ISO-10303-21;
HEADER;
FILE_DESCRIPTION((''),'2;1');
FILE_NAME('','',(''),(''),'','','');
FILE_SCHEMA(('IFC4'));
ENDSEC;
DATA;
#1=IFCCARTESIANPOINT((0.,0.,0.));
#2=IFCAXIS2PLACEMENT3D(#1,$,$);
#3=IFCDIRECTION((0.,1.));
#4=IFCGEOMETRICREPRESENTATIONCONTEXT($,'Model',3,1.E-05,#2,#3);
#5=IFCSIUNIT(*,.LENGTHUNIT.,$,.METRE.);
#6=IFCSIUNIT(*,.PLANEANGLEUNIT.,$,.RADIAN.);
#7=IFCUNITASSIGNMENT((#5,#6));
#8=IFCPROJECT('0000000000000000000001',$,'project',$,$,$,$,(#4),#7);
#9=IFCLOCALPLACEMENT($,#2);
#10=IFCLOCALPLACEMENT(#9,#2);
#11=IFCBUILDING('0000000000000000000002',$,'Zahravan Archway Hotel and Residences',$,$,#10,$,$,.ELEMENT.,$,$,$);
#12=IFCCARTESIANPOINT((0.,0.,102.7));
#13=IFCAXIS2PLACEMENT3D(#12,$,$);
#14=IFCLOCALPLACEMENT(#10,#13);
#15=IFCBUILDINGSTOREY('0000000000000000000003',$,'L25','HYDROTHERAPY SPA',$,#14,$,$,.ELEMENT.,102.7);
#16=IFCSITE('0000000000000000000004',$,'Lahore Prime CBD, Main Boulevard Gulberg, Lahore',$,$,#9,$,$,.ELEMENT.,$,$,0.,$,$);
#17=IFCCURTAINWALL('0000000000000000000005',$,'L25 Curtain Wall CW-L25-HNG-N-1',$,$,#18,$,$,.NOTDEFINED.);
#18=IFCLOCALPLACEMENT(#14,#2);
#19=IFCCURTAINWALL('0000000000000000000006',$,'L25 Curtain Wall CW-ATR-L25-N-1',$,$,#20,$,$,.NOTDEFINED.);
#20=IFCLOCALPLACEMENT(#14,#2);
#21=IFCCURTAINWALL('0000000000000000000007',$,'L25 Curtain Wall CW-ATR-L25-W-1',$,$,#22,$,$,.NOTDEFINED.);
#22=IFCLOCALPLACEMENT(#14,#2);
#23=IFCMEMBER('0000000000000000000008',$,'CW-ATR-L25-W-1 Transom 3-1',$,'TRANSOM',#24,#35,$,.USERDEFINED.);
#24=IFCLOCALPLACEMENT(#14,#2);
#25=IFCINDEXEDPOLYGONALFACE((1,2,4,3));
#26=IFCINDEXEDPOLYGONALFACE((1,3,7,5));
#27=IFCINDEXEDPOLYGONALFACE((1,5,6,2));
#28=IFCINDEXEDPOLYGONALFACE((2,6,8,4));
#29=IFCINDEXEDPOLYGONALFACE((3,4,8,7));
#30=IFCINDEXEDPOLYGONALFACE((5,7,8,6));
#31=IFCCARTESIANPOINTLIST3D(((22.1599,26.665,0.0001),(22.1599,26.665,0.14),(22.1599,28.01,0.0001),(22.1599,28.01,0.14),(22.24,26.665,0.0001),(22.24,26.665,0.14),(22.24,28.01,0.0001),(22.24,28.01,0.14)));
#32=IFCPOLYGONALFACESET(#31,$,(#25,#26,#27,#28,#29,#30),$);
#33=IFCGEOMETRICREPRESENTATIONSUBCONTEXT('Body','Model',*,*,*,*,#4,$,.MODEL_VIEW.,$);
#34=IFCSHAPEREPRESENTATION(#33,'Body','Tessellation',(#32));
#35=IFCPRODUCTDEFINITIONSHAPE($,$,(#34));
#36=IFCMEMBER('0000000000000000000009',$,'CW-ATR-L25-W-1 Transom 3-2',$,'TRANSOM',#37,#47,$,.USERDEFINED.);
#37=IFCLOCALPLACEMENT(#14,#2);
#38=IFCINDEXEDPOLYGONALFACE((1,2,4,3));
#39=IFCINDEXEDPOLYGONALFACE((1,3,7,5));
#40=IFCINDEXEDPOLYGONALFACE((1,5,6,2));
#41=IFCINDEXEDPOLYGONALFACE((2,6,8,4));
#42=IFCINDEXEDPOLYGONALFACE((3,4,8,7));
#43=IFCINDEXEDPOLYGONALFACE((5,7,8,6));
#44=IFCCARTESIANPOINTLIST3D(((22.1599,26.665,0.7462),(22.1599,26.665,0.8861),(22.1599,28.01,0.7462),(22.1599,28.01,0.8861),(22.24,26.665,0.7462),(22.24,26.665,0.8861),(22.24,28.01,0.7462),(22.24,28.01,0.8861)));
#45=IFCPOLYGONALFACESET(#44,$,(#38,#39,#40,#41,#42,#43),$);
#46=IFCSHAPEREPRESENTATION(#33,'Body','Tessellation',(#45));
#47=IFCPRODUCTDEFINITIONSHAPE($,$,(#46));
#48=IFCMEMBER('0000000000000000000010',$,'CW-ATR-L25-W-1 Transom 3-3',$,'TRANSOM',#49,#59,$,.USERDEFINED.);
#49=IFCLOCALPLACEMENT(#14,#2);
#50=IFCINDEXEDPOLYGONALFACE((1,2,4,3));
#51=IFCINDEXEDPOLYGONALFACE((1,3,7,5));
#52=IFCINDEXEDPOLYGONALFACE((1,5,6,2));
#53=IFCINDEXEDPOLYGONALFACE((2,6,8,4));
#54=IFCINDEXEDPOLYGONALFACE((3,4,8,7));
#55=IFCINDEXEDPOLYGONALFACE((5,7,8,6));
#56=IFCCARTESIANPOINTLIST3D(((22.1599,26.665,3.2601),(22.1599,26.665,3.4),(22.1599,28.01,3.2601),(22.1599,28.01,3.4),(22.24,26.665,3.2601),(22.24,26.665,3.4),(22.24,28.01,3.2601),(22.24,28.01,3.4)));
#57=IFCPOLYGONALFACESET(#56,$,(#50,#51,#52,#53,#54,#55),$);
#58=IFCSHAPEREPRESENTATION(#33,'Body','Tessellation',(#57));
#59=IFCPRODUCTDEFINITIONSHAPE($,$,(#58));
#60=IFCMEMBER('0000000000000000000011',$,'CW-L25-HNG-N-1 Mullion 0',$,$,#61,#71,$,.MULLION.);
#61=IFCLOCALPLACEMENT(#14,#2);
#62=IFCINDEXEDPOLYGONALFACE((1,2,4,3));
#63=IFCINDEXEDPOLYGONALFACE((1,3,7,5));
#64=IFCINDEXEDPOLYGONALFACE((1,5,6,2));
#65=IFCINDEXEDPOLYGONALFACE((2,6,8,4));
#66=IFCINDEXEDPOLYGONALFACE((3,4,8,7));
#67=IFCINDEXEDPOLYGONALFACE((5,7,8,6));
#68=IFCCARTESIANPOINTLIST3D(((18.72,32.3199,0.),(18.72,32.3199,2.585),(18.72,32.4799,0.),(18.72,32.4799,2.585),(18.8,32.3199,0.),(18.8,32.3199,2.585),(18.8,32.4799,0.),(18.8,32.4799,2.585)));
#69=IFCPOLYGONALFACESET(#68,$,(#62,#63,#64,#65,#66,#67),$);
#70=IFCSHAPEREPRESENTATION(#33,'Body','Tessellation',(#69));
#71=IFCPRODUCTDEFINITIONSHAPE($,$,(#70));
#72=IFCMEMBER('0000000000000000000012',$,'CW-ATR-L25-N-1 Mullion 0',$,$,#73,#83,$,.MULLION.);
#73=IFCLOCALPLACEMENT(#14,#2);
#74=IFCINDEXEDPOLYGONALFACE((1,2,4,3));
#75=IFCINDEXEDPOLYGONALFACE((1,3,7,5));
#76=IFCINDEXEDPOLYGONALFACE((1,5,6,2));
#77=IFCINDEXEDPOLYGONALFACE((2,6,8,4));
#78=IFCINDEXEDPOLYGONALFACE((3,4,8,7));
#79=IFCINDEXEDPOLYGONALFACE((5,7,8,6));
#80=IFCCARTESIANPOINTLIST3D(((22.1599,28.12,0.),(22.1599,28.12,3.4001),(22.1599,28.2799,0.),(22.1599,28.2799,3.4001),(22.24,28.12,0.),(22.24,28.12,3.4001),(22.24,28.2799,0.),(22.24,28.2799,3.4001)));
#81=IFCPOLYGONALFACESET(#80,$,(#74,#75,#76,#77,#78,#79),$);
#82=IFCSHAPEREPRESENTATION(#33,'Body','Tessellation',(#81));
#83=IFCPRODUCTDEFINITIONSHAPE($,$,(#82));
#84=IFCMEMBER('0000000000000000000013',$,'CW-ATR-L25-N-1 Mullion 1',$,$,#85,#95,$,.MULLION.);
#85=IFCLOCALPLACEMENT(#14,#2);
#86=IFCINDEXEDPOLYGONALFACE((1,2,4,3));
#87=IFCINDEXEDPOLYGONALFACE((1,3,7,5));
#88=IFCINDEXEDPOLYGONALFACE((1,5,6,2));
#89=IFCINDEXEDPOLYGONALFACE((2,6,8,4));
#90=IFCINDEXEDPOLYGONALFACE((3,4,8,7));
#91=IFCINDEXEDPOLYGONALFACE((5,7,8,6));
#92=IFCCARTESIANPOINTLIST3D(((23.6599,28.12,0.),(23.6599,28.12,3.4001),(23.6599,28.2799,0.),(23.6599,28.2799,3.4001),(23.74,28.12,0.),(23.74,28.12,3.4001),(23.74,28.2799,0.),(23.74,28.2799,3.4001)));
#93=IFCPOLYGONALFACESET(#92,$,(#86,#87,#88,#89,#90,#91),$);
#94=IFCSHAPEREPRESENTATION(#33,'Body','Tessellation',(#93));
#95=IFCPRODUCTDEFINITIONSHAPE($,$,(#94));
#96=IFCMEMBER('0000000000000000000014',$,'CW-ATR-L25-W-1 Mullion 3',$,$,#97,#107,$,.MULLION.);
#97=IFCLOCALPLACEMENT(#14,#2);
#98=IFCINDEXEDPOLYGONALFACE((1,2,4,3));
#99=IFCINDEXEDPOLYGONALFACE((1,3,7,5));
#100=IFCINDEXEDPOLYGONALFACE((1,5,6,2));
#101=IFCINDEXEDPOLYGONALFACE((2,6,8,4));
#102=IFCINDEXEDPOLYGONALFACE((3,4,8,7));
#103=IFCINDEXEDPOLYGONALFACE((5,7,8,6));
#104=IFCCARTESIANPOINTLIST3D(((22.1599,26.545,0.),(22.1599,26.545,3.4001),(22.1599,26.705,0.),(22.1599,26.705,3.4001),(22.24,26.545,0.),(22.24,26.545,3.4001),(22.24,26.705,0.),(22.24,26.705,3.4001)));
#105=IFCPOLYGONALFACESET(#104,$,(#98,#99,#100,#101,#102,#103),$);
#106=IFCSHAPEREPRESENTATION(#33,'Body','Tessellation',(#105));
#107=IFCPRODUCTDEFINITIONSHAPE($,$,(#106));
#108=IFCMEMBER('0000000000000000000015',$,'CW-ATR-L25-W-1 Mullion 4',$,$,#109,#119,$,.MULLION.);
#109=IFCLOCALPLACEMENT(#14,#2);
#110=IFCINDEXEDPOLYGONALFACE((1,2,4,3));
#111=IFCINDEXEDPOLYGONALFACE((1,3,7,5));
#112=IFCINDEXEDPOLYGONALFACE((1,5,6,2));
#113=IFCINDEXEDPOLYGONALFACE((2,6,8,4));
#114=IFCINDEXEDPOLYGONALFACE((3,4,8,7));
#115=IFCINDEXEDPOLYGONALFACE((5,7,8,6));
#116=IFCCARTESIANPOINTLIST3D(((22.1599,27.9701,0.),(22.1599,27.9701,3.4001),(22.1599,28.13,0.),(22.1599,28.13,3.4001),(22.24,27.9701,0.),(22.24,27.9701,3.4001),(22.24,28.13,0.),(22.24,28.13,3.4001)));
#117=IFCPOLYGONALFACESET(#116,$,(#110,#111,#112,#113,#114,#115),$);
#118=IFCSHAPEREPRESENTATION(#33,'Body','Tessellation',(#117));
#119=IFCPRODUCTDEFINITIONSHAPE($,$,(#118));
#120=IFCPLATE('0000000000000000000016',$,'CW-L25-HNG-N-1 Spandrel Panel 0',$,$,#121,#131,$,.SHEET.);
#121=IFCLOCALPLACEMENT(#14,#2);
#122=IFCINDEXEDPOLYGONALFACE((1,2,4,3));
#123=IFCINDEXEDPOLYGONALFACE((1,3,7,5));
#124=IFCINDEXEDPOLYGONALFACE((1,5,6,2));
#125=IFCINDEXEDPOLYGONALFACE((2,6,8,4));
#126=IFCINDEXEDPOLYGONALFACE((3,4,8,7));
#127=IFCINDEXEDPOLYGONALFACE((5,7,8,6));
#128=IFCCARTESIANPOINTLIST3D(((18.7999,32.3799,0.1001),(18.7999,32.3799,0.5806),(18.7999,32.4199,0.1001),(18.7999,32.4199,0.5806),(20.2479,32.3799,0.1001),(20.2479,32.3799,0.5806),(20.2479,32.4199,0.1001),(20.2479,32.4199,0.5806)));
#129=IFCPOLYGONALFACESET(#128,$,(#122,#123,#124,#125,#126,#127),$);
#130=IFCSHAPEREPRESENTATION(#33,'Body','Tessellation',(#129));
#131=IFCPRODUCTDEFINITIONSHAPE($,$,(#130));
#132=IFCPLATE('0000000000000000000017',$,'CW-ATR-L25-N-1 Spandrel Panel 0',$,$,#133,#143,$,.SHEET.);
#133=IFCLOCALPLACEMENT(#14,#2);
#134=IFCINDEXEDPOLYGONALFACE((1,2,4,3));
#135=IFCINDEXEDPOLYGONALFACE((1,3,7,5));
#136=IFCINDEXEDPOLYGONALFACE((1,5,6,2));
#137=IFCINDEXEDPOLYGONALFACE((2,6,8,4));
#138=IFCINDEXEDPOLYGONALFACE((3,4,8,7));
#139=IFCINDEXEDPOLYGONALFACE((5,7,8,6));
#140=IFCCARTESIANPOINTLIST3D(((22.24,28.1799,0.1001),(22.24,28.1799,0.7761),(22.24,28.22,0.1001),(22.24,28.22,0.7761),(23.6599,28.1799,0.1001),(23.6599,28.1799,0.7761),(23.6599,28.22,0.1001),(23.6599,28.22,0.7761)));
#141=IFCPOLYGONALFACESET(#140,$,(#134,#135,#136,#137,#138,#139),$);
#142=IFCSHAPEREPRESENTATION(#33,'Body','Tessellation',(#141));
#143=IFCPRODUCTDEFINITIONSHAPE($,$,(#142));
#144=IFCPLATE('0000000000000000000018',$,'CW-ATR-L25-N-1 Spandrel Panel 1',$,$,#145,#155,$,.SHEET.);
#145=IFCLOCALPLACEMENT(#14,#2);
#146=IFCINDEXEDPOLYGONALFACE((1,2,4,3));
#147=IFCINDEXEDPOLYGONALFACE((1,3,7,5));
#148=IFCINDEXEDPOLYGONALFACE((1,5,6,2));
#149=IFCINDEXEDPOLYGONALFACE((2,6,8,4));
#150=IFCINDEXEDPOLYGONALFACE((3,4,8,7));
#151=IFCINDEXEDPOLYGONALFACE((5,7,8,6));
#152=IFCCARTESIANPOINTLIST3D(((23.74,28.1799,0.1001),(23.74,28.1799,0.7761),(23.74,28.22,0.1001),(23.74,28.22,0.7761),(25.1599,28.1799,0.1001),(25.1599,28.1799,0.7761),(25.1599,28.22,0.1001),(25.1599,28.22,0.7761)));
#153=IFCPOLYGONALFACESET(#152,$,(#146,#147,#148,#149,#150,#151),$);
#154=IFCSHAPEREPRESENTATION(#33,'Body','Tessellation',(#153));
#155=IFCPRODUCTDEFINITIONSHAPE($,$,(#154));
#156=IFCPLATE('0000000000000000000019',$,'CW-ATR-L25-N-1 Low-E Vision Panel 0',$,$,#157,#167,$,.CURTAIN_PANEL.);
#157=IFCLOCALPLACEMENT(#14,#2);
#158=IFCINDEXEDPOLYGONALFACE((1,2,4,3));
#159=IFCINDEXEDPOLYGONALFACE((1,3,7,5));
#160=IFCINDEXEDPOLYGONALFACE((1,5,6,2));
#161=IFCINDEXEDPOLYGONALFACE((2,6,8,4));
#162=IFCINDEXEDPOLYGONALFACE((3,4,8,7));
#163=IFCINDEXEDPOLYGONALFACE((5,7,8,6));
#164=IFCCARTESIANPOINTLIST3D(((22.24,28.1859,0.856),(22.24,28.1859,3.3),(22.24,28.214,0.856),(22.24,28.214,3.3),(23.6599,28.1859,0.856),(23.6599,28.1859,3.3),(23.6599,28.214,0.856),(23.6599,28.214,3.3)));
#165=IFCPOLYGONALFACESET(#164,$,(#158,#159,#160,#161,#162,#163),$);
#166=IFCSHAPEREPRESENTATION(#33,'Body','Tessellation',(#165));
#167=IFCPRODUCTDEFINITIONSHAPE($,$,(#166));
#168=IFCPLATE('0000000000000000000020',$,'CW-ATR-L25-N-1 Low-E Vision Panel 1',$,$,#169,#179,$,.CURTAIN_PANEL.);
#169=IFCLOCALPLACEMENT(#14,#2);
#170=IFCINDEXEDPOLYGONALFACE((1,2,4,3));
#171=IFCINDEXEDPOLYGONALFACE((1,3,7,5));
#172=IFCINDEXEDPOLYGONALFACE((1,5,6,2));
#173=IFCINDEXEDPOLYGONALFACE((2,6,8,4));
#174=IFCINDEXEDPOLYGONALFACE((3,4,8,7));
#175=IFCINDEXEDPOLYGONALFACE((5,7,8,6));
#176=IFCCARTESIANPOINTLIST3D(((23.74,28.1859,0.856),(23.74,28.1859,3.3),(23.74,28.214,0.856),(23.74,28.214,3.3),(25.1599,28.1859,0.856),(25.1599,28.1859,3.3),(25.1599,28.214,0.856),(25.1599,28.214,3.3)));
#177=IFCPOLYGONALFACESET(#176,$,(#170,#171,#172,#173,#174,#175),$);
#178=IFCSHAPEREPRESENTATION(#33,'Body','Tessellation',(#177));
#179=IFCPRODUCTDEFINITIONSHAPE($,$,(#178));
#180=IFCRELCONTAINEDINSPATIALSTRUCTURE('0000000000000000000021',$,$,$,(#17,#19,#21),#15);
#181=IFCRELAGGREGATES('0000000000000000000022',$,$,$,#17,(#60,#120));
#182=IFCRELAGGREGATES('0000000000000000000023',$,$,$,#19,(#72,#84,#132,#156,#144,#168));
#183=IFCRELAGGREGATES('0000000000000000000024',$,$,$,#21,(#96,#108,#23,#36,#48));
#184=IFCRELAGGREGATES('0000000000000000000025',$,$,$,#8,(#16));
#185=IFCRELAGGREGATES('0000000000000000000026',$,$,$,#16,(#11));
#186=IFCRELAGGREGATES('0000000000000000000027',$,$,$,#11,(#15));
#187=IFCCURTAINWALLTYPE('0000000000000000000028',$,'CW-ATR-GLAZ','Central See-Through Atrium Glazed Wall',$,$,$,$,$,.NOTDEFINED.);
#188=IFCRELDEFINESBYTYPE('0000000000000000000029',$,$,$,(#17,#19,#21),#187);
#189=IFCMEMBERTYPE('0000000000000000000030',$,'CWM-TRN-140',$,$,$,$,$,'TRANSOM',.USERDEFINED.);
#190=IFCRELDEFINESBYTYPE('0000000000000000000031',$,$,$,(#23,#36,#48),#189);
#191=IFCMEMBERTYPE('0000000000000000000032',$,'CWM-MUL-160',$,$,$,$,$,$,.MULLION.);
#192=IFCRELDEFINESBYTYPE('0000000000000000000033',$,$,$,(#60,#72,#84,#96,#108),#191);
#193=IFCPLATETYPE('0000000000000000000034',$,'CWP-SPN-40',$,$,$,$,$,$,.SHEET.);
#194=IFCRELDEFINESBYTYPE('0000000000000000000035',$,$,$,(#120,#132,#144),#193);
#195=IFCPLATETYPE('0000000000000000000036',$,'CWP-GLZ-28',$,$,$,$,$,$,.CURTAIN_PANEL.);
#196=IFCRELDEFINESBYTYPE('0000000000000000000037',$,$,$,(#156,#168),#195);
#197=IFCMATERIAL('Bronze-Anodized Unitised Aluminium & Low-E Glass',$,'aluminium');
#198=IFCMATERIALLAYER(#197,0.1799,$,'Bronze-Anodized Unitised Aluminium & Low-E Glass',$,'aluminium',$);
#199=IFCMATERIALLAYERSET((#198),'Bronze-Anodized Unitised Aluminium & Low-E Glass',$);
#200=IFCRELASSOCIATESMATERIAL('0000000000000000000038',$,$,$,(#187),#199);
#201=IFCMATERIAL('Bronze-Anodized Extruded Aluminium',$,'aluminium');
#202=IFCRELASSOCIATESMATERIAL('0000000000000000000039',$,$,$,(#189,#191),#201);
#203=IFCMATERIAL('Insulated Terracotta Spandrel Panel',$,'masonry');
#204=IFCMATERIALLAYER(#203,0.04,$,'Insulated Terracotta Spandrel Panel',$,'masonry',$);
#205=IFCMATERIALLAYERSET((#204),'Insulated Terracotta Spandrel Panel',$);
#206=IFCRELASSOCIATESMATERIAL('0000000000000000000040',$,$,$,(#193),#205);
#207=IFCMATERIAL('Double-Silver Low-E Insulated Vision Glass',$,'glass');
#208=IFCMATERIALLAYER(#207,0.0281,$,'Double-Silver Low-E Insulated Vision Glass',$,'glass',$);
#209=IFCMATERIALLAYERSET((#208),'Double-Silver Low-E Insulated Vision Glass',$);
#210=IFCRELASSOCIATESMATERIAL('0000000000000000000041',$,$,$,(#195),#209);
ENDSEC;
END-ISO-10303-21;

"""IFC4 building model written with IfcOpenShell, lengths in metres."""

from ifc_helpers import new_model, si_unit, direction, frame, origin, origin_2d, place, context, subcontext, project, spatial, rectangle, extrude, source, transform, mapped, material, layer, layer_set, material_profile, profile_set, type_object, element, aggregate, save


model = new_model("IFC4")

# Units and contexts
model_context = context("Model", 3, precision=1e-05, world=origin(), true_north=direction((0.0, 1.0)))
body_context = subcontext(model_context, "Body", "Model", "MODEL_VIEW")
ifc_project = project(units=[si_unit("LENGTHUNIT", "METRE"), si_unit("PLANEANGLEUNIT", "RADIAN")], contexts=[model_context])

# Site, building, storey
site_placement = place(None, origin())
site = spatial("IfcSite", under=ifc_project, at=site_placement, Name="Lahore Prime CBD, Main Boulevard Gulberg, Lahore", CompositionType="ELEMENT", RefElevation=0.0)
building_placement = place(site_placement, origin())
building = spatial("IfcBuilding", under=site, at=building_placement, Name="Zahravan Archway Hotel and Residences", CompositionType="ELEMENT")
storey_placement = place(building_placement, frame((0.0, 0.0, 102.7)))
storey = spatial("IfcBuildingStorey", under=building, at=storey_placement, Name="L25", Description="HYDROTHERAPY SPA", CompositionType="ELEMENT", Elevation=102.7)

# Curtain walls, members
ifc_material_1 = material(Name="Bronze-Anodized Unitised Aluminium & Low-E Glass", Category="aluminium")
ifc_layer_1 = layer(ifc_material_1, 0.1799, Name="Bronze-Anodized Unitised Aluminium & Low-E Glass", Category="aluminium")
ifc_layer_set_1 = layer_set([ifc_layer_1], Name="Bronze-Anodized Unitised Aluminium & Low-E Glass")
curtain_wall_type = type_object("IfcCurtainWallType", Name="CW-ATR-GLAZ", Description="Central See-Through Atrium Glazed Wall", PredefinedType="NOTDEFINED", material=ifc_layer_set_1)
curtain_wall_1_placement = place(storey_placement, origin())
curtain_wall_1 = element("IfcCurtainWall", 1, at=curtain_wall_1_placement, inside=storey, type_object=curtain_wall_type, Name="L25 Curtain Wall CW-L25-HNG-N-1", PredefinedType="NOTDEFINED")
ifc_material_2 = material(Name="Bronze-Anodized Extruded Aluminium", Category="aluminium")
ifc_material_profile_1 = material_profile(ifc_material_2, rectangle(XDim=0.0801, YDim=0.1399, at=origin_2d()), Name="TRN 80x140", Category="aluminium")
ifc_profile_set_1 = profile_set([ifc_material_profile_1], Name="Bronze-Anodized Extruded Aluminium")
member_type_1 = type_object("IfcMemberType", Name="CWM-TRN-140", ElementType="TRANSOM", PredefinedType="USERDEFINED", material=ifc_profile_set_1)
curtain_wall_2_placement = place(storey_placement, origin())
curtain_wall_2 = element("IfcCurtainWall", 2, at=curtain_wall_2_placement, inside=storey, type_object=curtain_wall_type, Name="L25 Curtain Wall CW-ATR-L25-N-1", PredefinedType="NOTDEFINED")
curtain_wall_3_placement = place(storey_placement, origin())
curtain_wall_3 = element("IfcCurtainWall", 3, at=curtain_wall_3_placement, inside=storey, type_object=curtain_wall_type, Name="L25 Curtain Wall CW-ATR-L25-W-1", PredefinedType="NOTDEFINED")
shared_shape_1 = source(origin(), body_context, "Body", "SweptSolid", [
    extrude(rectangle(XDim=0.0801, YDim=0.1399, at=origin_2d()), origin(), (0.0, 0.0, 1.0), 1.345),
])
member_1_placement = place(storey_placement, frame((22.2, 26.665, 0.0701), z_axis=(0.0, 1.0, 0.0), x_axis=(-1.0, 0.0, 0.0)))
member_1 = element("IfcMember", 4, at=member_1_placement, type_object=member_type_1, Name="CW-ATR-L25-W-1 Transom 3-1", ObjectType="TRANSOM", PredefinedType="USERDEFINED", context=body_context, shape_type="MappedRepresentation", body=[
    mapped(shared_shape_1, transform((0.0, 0.0, 0.0), scale=1.0)),
])
member_2_placement = place(storey_placement, frame((22.2, 26.665, 0.8162), z_axis=(0.0, 1.0, 0.0), x_axis=(-1.0, 0.0, 0.0)))
member_2 = element("IfcMember", 5, at=member_2_placement, type_object=member_type_1, Name="CW-ATR-L25-W-1 Transom 3-2", ObjectType="TRANSOM", PredefinedType="USERDEFINED", context=body_context, shape_type="MappedRepresentation", body=[
    mapped(shared_shape_1, transform((0.0, 0.0, 0.0), scale=1.0)),
])
member_3_placement = place(storey_placement, frame((22.2, 26.665, 3.3301), z_axis=(0.0, 1.0, 0.0), x_axis=(-1.0, 0.0, 0.0)))
member_3 = element("IfcMember", 6, at=member_3_placement, type_object=member_type_1, Name="CW-ATR-L25-W-1 Transom 3-3", ObjectType="TRANSOM", PredefinedType="USERDEFINED", context=body_context, shape_type="MappedRepresentation", body=[
    mapped(shared_shape_1, transform((0.0, 0.0, 0.0), scale=1.0)),
])

# Members
ifc_material_profile_2 = material_profile(ifc_material_2, rectangle(XDim=0.0801, YDim=0.1599, at=origin_2d()), Name="MUL 80x160", Category="aluminium")
ifc_profile_set_2 = profile_set([ifc_material_profile_2], Name="Bronze-Anodized Extruded Aluminium")
member_type_2 = type_object("IfcMemberType", Name="CWM-MUL-160", PredefinedType="MULLION", material=ifc_profile_set_2)
shared_shape_2 = source(origin(), body_context, "Body", "SweptSolid", [
    extrude(rectangle(XDim=0.0801, YDim=0.1599, at=origin_2d()), origin(), (0.0, 0.0, 1.0), 2.585),
])
member_4_placement = place(storey_placement, frame((18.76, 32.3999, 0.0), z_axis=(0.0, 0.0, 1.0), x_axis=(1.0, 0.0, 0.0)))
member_4 = element("IfcMember", 7, at=member_4_placement, type_object=member_type_2, Name="CW-L25-HNG-N-1 Mullion 0", PredefinedType="MULLION", context=body_context, shape_type="MappedRepresentation", body=[
    mapped(shared_shape_2, transform((0.0, 0.0, 0.0), scale=1.0)),
])
shared_shape_3 = source(origin(), body_context, "Body", "SweptSolid", [
    extrude(rectangle(XDim=0.0801, YDim=0.1599, at=origin_2d()), origin(), (0.0, 0.0, 1.0), 3.4001),
])
member_5_placement = place(storey_placement, frame((22.2, 28.2, 0.0), z_axis=(0.0, 0.0, 1.0), x_axis=(1.0, 0.0, 0.0)))
member_5 = element("IfcMember", 8, at=member_5_placement, type_object=member_type_2, Name="CW-ATR-L25-N-1 Mullion 0", PredefinedType="MULLION", context=body_context, shape_type="MappedRepresentation", body=[
    mapped(shared_shape_3, transform((0.0, 0.0, 0.0), scale=1.0)),
])
member_6_placement = place(storey_placement, frame((23.7, 28.2, 0.0), z_axis=(0.0, 0.0, 1.0), x_axis=(1.0, 0.0, 0.0)))
member_6 = element("IfcMember", 9, at=member_6_placement, type_object=member_type_2, Name="CW-ATR-L25-N-1 Mullion 1", PredefinedType="MULLION", context=body_context, shape_type="MappedRepresentation", body=[
    mapped(shared_shape_3, transform((0.0, 0.0, 0.0), scale=1.0)),
])
member_7_placement = place(storey_placement, frame((22.2, 26.625, 0.0), z_axis=(0.0, 0.0, 1.0), x_axis=(1.0, 0.0, 0.0)))
member_7 = element("IfcMember", 10, at=member_7_placement, type_object=member_type_2, Name="CW-ATR-L25-W-1 Mullion 3", PredefinedType="MULLION", context=body_context, shape_type="MappedRepresentation", body=[
    mapped(shared_shape_3, transform((0.0, 0.0, 0.0), scale=1.0)),
])
member_8_placement = place(storey_placement, frame((22.2, 28.05, 0.0), z_axis=(0.0, 0.0, 1.0), x_axis=(1.0, 0.0, 0.0)))
member_8 = element("IfcMember", 11, at=member_8_placement, type_object=member_type_2, Name="CW-ATR-L25-W-1 Mullion 4", PredefinedType="MULLION", context=body_context, shape_type="MappedRepresentation", body=[
    mapped(shared_shape_3, transform((0.0, 0.0, 0.0), scale=1.0)),
])

# Plates
ifc_material_3 = material(Name="Insulated Terracotta Spandrel Panel", Category="masonry")
ifc_layer_2 = layer(ifc_material_3, 0.04, Name="Insulated Terracotta Spandrel Panel", Category="masonry")
ifc_layer_set_2 = layer_set([ifc_layer_2], Name="Insulated Terracotta Spandrel Panel")
plate_type_1 = type_object("IfcPlateType", Name="CWP-SPN-40", PredefinedType="SHEET", material=ifc_layer_set_2)
shared_shape_4 = source(origin(), body_context, "Body", "SweptSolid", [
    extrude(rectangle(XDim=1.448, YDim=0.04, at=origin_2d()), origin(), (0.0, 0.0, 1.0), 0.4805),
])
plate_1_placement = place(storey_placement, frame((19.5239, 32.3999, 0.1001), z_axis=(0.0, 0.0, 1.0), x_axis=(1.0, 0.0, 0.0)))
plate_1 = element("IfcPlate", 12, at=plate_1_placement, type_object=plate_type_1, Name="CW-L25-HNG-N-1 Spandrel Panel 0", PredefinedType="SHEET", context=body_context, shape_type="MappedRepresentation", body=[
    mapped(shared_shape_4, transform((0.0, 0.0, 0.0), scale=1.0)),
])
aggregate(curtain_wall_1, [member_4, plate_1])
shared_shape_5 = source(origin(), body_context, "Body", "SweptSolid", [
    extrude(rectangle(XDim=1.4199, YDim=0.04, at=origin_2d()), origin(), (0.0, 0.0, 1.0), 0.676),
])
plate_2_placement = place(storey_placement, frame((22.95, 28.2, 0.1001), z_axis=(0.0, 0.0, 1.0), x_axis=(1.0, 0.0, 0.0)))
plate_2 = element("IfcPlate", 13, at=plate_2_placement, type_object=plate_type_1, Name="CW-ATR-L25-N-1 Spandrel Panel 0", PredefinedType="SHEET", context=body_context, shape_type="MappedRepresentation", body=[
    mapped(shared_shape_5, transform((0.0, 0.0, 0.0), scale=1.0)),
])
plate_3_placement = place(storey_placement, frame((24.45, 28.2, 0.1001), z_axis=(0.0, 0.0, 1.0), x_axis=(1.0, 0.0, 0.0)))
plate_3 = element("IfcPlate", 14, at=plate_3_placement, type_object=plate_type_1, Name="CW-ATR-L25-N-1 Spandrel Panel 1", PredefinedType="SHEET", context=body_context, shape_type="MappedRepresentation", body=[
    mapped(shared_shape_5, transform((0.0, 0.0, 0.0), scale=1.0)),
])
ifc_material_4 = material(Name="Double-Silver Low-E Insulated Vision Glass", Category="glass")
ifc_layer_3 = layer(ifc_material_4, 0.0281, Name="Double-Silver Low-E Insulated Vision Glass", Category="glass")
ifc_layer_set_3 = layer_set([ifc_layer_3], Name="Double-Silver Low-E Insulated Vision Glass")
plate_type_2 = type_object("IfcPlateType", Name="CWP-GLZ-28", PredefinedType="CURTAIN_PANEL", material=ifc_layer_set_3)
shared_shape_6 = source(origin(), body_context, "Body", "SweptSolid", [
    extrude(rectangle(XDim=1.4199, YDim=0.0281, at=origin_2d()), origin(), (0.0, 0.0, 1.0), 2.4441),
])
plate_4_placement = place(storey_placement, frame((22.95, 28.2, 0.856), z_axis=(0.0, 0.0, 1.0), x_axis=(1.0, 0.0, 0.0)))
plate_4 = element("IfcPlate", 15, at=plate_4_placement, type_object=plate_type_2, Name="CW-ATR-L25-N-1 Low-E Vision Panel 0", PredefinedType="CURTAIN_PANEL", context=body_context, shape_type="MappedRepresentation", body=[
    mapped(shared_shape_6, transform((0.0, 0.0, 0.0), scale=1.0)),
])
plate_5_placement = place(storey_placement, frame((24.45, 28.2, 0.856), z_axis=(0.0, 0.0, 1.0), x_axis=(1.0, 0.0, 0.0)))
plate_5 = element("IfcPlate", 16, at=plate_5_placement, type_object=plate_type_2, Name="CW-ATR-L25-N-1 Low-E Vision Panel 1", PredefinedType="CURTAIN_PANEL", context=body_context, shape_type="MappedRepresentation", body=[
    mapped(shared_shape_6, transform((0.0, 0.0, 0.0), scale=1.0)),
])
aggregate(curtain_wall_2, [member_5, member_6, plate_2, plate_4, plate_3, plate_5])
aggregate(curtain_wall_3, [member_7, member_8, member_1, member_2, member_3])

save(model, "model.ifc")
